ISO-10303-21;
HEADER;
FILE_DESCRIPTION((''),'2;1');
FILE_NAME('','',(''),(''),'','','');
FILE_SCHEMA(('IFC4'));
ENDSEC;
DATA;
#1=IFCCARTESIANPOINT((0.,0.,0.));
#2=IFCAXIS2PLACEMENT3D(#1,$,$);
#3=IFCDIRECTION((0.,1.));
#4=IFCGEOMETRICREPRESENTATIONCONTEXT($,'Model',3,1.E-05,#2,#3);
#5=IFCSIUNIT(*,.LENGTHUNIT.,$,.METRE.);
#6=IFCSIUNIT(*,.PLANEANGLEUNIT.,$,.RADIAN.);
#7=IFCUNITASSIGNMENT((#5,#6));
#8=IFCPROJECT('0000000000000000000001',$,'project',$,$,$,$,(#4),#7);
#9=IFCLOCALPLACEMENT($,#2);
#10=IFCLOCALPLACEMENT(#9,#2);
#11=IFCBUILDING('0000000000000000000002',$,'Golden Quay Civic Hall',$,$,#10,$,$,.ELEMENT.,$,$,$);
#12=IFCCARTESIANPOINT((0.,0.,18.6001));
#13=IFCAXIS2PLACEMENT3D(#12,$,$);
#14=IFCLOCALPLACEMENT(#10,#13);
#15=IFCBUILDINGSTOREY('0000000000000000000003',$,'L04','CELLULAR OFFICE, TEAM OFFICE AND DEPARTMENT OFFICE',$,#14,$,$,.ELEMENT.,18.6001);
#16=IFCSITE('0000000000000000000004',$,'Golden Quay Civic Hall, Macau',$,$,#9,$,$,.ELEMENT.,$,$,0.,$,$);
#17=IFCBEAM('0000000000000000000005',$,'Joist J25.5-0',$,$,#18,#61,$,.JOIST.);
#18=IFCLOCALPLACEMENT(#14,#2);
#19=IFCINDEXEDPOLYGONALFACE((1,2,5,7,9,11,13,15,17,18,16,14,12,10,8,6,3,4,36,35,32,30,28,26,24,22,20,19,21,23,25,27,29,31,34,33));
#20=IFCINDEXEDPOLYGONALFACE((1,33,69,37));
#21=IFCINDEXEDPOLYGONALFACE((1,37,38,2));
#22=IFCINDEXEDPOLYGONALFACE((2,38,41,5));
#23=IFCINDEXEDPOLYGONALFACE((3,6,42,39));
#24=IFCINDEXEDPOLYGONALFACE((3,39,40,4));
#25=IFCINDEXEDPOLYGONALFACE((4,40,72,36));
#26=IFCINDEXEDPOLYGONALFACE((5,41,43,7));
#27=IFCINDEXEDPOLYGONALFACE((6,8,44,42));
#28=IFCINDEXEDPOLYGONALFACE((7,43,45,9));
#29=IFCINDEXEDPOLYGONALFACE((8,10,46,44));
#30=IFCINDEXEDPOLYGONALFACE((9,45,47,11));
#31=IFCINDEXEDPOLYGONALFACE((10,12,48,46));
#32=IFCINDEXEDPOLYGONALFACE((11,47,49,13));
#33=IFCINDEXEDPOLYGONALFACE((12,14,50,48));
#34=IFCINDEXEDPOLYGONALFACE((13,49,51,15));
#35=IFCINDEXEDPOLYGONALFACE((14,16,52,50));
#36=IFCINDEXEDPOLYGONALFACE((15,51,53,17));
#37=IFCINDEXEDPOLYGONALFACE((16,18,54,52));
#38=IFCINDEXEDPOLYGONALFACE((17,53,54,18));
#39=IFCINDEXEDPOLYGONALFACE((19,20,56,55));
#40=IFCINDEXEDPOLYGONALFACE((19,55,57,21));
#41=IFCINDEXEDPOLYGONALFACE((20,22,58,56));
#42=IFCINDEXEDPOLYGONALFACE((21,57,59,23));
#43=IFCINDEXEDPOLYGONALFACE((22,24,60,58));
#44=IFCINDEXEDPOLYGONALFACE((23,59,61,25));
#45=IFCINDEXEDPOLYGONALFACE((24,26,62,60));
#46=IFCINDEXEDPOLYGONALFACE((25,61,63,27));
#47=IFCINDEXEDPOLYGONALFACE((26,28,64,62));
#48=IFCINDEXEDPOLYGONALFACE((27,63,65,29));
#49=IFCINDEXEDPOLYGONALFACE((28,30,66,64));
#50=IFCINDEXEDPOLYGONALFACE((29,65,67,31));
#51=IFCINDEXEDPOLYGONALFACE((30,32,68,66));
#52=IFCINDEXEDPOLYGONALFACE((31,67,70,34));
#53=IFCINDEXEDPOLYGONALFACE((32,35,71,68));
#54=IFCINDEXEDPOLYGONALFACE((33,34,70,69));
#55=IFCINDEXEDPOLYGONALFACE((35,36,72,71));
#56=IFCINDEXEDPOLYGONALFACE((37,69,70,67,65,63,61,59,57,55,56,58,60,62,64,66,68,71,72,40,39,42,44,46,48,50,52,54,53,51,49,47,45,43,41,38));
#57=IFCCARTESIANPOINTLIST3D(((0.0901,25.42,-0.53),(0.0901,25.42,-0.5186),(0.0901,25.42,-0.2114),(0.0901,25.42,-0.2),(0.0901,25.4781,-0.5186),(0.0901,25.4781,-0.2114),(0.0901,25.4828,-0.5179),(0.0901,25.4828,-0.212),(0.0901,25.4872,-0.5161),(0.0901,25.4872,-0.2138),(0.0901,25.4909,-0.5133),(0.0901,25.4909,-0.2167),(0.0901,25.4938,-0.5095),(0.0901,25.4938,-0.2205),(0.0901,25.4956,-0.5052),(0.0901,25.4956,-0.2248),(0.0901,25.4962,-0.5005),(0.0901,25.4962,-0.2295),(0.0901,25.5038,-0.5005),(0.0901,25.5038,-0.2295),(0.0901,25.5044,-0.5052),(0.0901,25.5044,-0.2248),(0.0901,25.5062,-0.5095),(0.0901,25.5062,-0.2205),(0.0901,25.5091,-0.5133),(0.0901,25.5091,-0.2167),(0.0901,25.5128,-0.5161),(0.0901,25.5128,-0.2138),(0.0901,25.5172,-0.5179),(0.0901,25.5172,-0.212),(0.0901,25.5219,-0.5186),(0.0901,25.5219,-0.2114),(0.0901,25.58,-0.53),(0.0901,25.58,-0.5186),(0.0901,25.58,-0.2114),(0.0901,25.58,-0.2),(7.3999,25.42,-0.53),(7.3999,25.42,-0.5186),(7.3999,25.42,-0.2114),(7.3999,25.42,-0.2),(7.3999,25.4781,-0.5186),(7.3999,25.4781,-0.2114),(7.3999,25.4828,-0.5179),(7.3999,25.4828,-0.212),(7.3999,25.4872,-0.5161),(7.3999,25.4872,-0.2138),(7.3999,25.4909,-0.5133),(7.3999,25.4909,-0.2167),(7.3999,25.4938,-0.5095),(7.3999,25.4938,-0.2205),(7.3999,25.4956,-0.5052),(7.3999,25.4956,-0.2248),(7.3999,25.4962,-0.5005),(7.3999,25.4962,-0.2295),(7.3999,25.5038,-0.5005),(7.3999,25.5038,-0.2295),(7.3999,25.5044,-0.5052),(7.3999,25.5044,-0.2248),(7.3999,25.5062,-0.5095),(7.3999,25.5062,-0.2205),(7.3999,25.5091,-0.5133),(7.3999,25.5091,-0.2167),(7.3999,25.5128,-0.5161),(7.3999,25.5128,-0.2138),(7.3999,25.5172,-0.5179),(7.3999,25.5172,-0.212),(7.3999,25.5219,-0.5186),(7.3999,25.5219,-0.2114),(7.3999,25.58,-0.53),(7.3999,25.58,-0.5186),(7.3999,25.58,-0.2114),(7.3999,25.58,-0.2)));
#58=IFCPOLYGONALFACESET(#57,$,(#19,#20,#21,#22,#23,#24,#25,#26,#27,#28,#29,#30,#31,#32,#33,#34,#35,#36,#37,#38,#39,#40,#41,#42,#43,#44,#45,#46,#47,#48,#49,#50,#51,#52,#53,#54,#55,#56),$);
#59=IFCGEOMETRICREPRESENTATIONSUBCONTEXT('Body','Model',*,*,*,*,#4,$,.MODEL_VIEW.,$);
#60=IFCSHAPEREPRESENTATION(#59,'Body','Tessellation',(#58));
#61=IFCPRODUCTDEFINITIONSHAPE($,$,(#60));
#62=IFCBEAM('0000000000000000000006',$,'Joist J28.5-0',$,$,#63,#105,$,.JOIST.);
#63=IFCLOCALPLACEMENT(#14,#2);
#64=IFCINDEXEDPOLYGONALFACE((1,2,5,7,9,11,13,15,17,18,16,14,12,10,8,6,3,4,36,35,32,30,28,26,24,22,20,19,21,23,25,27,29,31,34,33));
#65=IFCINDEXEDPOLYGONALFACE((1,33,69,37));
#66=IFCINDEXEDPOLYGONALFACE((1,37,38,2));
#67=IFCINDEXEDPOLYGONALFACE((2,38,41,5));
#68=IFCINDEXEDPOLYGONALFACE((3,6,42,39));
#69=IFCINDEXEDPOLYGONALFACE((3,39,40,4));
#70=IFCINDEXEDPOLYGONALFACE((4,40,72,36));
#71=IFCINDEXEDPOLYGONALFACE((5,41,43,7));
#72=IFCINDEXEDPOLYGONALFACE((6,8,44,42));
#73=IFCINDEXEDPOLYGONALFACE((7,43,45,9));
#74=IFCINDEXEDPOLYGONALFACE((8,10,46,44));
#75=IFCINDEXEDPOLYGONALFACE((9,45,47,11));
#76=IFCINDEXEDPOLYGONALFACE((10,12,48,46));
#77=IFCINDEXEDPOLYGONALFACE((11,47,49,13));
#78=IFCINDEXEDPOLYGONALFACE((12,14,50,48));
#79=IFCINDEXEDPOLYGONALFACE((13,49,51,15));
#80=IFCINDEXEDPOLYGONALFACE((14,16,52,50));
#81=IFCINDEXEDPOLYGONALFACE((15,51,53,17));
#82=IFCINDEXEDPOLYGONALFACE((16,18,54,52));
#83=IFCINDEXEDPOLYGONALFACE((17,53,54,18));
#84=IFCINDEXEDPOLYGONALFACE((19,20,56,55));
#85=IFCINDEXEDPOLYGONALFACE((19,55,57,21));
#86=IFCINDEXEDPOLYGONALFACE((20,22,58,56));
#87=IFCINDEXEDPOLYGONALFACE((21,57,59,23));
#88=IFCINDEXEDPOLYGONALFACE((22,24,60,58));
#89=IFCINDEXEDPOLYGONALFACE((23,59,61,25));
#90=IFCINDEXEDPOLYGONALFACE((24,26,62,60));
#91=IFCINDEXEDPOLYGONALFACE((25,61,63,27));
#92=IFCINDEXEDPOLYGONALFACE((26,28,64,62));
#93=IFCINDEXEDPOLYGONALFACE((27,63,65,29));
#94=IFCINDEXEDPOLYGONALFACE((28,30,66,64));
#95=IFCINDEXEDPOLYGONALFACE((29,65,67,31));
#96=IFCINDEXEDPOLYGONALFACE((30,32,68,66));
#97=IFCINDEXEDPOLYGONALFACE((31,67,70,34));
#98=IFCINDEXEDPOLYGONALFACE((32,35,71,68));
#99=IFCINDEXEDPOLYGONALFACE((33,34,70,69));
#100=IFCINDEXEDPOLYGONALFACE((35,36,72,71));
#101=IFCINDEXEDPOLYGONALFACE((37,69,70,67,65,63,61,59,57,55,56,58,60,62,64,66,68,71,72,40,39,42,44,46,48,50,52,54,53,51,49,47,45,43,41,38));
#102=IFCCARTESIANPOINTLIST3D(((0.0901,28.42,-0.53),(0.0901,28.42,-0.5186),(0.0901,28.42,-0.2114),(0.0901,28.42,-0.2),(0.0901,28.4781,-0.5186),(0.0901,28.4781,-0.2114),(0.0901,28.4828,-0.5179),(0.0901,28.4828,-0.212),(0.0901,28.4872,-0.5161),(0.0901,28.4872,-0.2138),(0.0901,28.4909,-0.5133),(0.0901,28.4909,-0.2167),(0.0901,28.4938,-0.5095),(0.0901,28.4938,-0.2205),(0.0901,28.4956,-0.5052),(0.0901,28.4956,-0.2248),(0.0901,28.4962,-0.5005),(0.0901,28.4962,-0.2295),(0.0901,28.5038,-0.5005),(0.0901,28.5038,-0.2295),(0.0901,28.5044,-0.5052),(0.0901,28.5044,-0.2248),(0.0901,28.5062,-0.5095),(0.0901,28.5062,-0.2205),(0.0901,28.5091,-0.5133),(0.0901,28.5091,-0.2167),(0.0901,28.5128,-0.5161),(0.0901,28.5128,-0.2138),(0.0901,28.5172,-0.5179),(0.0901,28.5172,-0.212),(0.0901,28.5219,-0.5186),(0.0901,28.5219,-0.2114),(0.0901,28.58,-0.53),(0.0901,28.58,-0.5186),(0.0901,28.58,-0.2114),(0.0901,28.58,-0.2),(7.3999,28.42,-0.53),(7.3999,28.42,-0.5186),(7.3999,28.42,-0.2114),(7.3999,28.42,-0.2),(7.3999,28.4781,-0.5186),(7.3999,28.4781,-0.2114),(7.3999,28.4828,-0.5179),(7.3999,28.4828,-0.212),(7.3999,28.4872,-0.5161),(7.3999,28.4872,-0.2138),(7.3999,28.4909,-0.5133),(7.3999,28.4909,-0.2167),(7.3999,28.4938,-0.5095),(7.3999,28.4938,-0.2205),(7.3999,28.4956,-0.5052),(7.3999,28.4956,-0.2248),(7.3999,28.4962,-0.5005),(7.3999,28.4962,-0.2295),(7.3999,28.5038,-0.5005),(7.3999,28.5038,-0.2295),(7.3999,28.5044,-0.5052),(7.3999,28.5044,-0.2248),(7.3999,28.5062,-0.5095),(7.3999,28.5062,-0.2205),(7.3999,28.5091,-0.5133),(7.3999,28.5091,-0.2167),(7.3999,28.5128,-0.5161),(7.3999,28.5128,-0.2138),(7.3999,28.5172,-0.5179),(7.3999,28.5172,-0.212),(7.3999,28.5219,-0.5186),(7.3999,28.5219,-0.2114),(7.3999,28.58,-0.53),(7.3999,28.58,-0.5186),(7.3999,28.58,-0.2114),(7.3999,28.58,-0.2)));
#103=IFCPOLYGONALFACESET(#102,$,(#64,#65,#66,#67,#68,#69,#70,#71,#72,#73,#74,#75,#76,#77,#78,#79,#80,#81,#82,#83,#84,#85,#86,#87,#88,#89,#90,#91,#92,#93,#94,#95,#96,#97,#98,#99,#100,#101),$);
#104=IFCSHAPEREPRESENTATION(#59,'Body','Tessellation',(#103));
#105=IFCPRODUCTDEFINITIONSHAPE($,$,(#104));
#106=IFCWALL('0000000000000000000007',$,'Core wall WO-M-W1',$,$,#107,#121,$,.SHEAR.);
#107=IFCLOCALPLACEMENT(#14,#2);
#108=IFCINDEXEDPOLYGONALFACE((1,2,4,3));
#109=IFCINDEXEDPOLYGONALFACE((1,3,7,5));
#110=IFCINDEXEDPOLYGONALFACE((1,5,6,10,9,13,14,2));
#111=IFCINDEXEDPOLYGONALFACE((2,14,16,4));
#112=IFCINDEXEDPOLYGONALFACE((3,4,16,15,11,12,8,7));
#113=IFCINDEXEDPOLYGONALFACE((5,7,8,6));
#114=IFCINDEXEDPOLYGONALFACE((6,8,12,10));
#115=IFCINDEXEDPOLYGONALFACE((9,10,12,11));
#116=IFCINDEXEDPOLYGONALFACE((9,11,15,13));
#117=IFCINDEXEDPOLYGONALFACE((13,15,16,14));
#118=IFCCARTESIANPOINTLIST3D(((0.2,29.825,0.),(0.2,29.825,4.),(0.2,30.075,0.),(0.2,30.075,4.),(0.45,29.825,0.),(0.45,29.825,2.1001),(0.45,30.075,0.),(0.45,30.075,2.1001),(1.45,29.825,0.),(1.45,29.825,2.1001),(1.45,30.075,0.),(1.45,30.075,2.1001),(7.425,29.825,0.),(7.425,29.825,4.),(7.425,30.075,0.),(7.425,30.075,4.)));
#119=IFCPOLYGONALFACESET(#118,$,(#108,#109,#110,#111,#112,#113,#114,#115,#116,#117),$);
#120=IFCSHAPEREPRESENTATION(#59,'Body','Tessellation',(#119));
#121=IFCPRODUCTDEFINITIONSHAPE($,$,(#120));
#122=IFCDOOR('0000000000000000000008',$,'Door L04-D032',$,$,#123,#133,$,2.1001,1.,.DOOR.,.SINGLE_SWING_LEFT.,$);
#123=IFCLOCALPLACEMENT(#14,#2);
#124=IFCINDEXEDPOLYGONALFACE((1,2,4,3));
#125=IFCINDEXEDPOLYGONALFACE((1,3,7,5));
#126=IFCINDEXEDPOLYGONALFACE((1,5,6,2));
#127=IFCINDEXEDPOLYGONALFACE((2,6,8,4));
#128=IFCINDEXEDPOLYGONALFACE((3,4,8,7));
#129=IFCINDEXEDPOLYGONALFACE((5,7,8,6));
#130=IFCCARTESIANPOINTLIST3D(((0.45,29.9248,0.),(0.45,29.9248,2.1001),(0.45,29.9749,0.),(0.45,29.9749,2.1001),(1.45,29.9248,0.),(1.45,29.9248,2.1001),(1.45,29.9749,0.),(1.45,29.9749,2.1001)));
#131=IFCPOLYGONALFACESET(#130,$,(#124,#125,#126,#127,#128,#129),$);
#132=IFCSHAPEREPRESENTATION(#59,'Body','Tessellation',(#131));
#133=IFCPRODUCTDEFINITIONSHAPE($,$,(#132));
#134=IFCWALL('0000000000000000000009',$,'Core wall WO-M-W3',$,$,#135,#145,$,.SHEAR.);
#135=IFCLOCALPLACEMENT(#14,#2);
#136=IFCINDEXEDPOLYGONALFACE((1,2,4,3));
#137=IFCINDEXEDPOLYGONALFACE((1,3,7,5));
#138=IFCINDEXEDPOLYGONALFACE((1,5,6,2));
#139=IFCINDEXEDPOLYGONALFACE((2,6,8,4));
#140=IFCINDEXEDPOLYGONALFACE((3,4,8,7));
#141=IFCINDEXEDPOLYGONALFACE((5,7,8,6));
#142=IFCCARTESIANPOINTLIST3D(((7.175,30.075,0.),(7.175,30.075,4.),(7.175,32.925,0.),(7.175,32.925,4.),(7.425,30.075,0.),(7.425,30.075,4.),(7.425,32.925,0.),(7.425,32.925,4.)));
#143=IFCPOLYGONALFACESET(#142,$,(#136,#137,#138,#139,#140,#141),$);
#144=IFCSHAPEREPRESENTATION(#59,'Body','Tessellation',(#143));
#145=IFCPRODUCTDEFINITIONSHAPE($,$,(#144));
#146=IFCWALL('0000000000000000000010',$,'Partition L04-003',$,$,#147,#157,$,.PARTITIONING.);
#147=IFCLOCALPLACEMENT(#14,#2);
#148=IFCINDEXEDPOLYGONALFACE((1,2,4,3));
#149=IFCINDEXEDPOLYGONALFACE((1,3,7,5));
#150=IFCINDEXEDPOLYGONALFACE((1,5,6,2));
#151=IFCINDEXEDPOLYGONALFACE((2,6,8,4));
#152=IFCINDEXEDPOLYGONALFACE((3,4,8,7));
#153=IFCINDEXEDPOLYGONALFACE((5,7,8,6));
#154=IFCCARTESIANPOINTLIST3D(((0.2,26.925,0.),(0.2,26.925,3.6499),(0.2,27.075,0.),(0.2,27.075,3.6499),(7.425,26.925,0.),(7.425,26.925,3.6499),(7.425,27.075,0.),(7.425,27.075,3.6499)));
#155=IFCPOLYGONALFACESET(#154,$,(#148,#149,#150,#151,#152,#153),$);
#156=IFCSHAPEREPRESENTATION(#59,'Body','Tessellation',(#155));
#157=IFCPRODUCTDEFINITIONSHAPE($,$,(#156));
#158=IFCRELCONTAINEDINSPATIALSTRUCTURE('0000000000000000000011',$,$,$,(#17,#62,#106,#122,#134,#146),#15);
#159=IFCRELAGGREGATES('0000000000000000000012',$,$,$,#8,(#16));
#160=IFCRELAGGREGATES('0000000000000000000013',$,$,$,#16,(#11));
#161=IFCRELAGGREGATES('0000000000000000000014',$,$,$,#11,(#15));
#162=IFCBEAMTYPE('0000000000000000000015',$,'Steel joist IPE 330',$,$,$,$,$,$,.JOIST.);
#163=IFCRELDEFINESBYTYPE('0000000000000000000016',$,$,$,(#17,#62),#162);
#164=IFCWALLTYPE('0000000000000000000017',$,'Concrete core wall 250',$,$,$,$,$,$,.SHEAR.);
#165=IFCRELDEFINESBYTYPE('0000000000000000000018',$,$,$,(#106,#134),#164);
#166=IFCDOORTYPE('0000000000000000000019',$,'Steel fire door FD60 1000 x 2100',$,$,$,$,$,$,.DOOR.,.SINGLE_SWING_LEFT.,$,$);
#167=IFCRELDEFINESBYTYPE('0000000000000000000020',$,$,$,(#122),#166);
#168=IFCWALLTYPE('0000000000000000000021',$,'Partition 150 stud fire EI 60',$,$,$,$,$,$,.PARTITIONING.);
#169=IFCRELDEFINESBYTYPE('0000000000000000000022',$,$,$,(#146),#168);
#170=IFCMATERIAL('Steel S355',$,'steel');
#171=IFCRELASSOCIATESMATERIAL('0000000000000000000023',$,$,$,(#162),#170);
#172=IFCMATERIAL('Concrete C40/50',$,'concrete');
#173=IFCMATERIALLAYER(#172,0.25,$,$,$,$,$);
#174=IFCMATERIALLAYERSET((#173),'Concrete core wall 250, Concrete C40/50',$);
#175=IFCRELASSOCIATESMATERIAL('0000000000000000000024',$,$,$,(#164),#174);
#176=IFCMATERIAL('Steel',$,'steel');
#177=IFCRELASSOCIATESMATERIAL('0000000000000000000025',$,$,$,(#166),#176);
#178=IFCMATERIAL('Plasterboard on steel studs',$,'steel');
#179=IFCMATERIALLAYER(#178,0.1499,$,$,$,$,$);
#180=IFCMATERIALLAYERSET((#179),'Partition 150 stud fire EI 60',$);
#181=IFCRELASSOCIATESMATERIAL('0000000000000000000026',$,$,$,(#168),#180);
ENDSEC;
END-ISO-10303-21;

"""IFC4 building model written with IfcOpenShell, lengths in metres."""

from ifc_helpers import new_model, si_unit, direction, frame, frame_2d, origin, origin_2d, place, context, subcontext, project, spatial, rectangle, i_section, extrude, material, layer, layer_set, material_profile, profile_set, type_object, element, fill, save


model = new_model("IFC4")

# Units and contexts
model_context = context("Model", 3, precision=1e-05, world=origin(), true_north=direction((0.0, 1.0)))
body_context = subcontext(model_context, "Body", "Model", "MODEL_VIEW")
ifc_project = project(units=[si_unit("LENGTHUNIT", "METRE"), si_unit("PLANEANGLEUNIT", "RADIAN")], contexts=[model_context])

# Site, building, storey
site_placement = place(None, origin())
site = spatial("IfcSite", under=ifc_project, at=site_placement, Name="Golden Quay Civic Hall, Macau", CompositionType="ELEMENT", RefElevation=0.0)
building_placement = place(site_placement, origin())
building = spatial("IfcBuilding", under=site, at=building_placement, Name="Golden Quay Civic Hall", CompositionType="ELEMENT")
storey_placement = place(building_placement, frame((0.0, 0.0, 18.6001)))
storey = spatial("IfcBuildingStorey", under=building, at=storey_placement, Name="L04", Description="CELLULAR OFFICE, TEAM OFFICE AND DEPARTMENT OFFICE", CompositionType="ELEMENT", Elevation=18.6001)

# Beams
ifc_material_1 = material(Name="Steel S355", Category="steel")
ifc_material_profile_1 = material_profile(ifc_material_1, i_section(OverallWidth=0.1599, OverallDepth=0.3301, WebThickness=0.0076, FlangeThickness=0.0115, FilletRadius=0.0181, at=origin_2d()), Name="IPE 330")
ifc_profile_set_1 = profile_set([ifc_material_profile_1], Name="Steel S355")
beam_type_1 = type_object("IfcBeamType", Name="Steel joist IPE 330", PredefinedType="JOIST", material=ifc_profile_set_1)
for number, where, z_axis, x_axis, name in (
    (1, (0.0901, 25.5, -0.365), (1.0, 0.0, 0.0), (0.0, 1.0, 0.0), "Joist J25.5-0"),
    (2, (0.0901, 28.5, -0.365), (1.0, 0.0, 0.0), (0.0, 1.0, 0.0), "Joist J28.5-0"),
):
    element("IfcBeam", number, at=place(storey_placement, frame(where, z_axis=z_axis, x_axis=x_axis)), inside=storey, type_object=beam_type_1, Name=name, PredefinedType="JOIST", context=body_context, shape_type="SweptSolid", body=[
        extrude(i_section(OverallWidth=0.1599, OverallDepth=0.3301, WebThickness=0.0076, FlangeThickness=0.0115, FilletRadius=0.0181, at=origin_2d()), origin(), (0.0, 0.0, 1.0), 7.3098),
    ])

# Wall, opening, door
ifc_material_2 = material(Name="Concrete C40/50", Category="concrete")
ifc_layer_1 = layer(ifc_material_2, 0.25)
ifc_layer_set_1 = layer_set([ifc_layer_1], Name="Concrete core wall 250, Concrete C40/50")
wall_type_1 = type_object("IfcWallType", Name="Concrete core wall 250", PredefinedType="SHEAR", material=ifc_layer_set_1)
wall_1_placement = place(storey_placement, frame((0.2, 29.95, 0.0), z_axis=(0.0, 0.0, 1.0), x_axis=(1.0, 0.0, 0.0)))
wall_1 = element("IfcWall", 3, at=wall_1_placement, inside=storey, type_object=wall_type_1, Name="Core wall WO-M-W1", PredefinedType="SHEAR", context=body_context, shape_type="SweptSolid", body=[
    extrude(rectangle(XDim=7.2251, YDim=0.25, at=frame_2d((3.6125, 0.0))), origin(), (0.0, 0.0, 1.0), 4.0),
])
opening_1_placement = place(wall_1_placement, frame((0.25, 0.0, 0.0)))
opening_1 = element("IfcOpeningElement", 4, at=opening_1_placement, cuts=wall_1, PredefinedType="OPENING", context=body_context, shape_type="SweptSolid", body=[
    extrude(rectangle(XDim=1.0, YDim=2.1001, at=frame_2d((0.5, 1.05))), frame((0.0, 0.135, 0.0), z_axis=(0.0, -1.0, 0.0), x_axis=(1.0, 0.0, 0.0)), (0.0, 0.0, 1.0), 0.27),
])
ifc_material_3 = material(Name="Steel", Category="steel")
door_type = type_object("IfcDoorType", Name="Steel fire door FD60 1000 x 2100", OperationType="SINGLE_SWING_LEFT", PredefinedType="DOOR", material=ifc_material_3)
door_placement = place(opening_1_placement, origin())
door = element("IfcDoor", 5, at=door_placement, inside=storey, type_object=door_type, Name="Door L04-D032", OperationType="SINGLE_SWING_LEFT", OverallHeight=2.1001, OverallWidth=1.0, PredefinedType="DOOR", context=body_context, shape_type="SweptSolid", body=[
    extrude(rectangle(XDim=1.0, YDim=2.1001, at=frame_2d((0.5, 1.05))), frame((0.0, 0.0249, 0.0), z_axis=(0.0, -1.0, 0.0), x_axis=(1.0, 0.0, 0.0)), (0.0, 0.0, 1.0), 0.05),
])
fill(opening_1, door)

# Walls
wall_2_placement = place(storey_placement, frame((7.3, 30.075, 0.0), z_axis=(0.0, 0.0, 1.0), x_axis=(0.0, 1.0, 0.0)))
element("IfcWall", 6, at=wall_2_placement, inside=storey, type_object=wall_type_1, Name="Core wall WO-M-W3", PredefinedType="SHEAR", context=body_context, shape_type="SweptSolid", body=[
    extrude(rectangle(XDim=2.8501, YDim=0.25, at=frame_2d((1.425, 0.0))), origin(), (0.0, 0.0, 1.0), 4.0),
])
ifc_material_4 = material(Name="Plasterboard on steel studs", Category="steel")
ifc_layer_2 = layer(ifc_material_4, 0.1499)
ifc_layer_set_2 = layer_set([ifc_layer_2], Name="Partition 150 stud fire EI 60")
wall_type_2 = type_object("IfcWallType", Name="Partition 150 stud fire EI 60", PredefinedType="PARTITIONING", material=ifc_layer_set_2)
wall_3_placement = place(storey_placement, frame((0.2, 27.0, 0.0), z_axis=(0.0, 0.0, 1.0), x_axis=(1.0, 0.0, 0.0)))
element("IfcWall", 7, at=wall_3_placement, inside=storey, type_object=wall_type_2, Name="Partition L04-003", PredefinedType="PARTITIONING", context=body_context, shape_type="SweptSolid", body=[
    extrude(rectangle(XDim=7.2251, YDim=0.1499, at=frame_2d((3.6125, 0.0))), origin(), (0.0, 0.0, 1.0), 3.6499),
])

save(model, "model.ifc")
